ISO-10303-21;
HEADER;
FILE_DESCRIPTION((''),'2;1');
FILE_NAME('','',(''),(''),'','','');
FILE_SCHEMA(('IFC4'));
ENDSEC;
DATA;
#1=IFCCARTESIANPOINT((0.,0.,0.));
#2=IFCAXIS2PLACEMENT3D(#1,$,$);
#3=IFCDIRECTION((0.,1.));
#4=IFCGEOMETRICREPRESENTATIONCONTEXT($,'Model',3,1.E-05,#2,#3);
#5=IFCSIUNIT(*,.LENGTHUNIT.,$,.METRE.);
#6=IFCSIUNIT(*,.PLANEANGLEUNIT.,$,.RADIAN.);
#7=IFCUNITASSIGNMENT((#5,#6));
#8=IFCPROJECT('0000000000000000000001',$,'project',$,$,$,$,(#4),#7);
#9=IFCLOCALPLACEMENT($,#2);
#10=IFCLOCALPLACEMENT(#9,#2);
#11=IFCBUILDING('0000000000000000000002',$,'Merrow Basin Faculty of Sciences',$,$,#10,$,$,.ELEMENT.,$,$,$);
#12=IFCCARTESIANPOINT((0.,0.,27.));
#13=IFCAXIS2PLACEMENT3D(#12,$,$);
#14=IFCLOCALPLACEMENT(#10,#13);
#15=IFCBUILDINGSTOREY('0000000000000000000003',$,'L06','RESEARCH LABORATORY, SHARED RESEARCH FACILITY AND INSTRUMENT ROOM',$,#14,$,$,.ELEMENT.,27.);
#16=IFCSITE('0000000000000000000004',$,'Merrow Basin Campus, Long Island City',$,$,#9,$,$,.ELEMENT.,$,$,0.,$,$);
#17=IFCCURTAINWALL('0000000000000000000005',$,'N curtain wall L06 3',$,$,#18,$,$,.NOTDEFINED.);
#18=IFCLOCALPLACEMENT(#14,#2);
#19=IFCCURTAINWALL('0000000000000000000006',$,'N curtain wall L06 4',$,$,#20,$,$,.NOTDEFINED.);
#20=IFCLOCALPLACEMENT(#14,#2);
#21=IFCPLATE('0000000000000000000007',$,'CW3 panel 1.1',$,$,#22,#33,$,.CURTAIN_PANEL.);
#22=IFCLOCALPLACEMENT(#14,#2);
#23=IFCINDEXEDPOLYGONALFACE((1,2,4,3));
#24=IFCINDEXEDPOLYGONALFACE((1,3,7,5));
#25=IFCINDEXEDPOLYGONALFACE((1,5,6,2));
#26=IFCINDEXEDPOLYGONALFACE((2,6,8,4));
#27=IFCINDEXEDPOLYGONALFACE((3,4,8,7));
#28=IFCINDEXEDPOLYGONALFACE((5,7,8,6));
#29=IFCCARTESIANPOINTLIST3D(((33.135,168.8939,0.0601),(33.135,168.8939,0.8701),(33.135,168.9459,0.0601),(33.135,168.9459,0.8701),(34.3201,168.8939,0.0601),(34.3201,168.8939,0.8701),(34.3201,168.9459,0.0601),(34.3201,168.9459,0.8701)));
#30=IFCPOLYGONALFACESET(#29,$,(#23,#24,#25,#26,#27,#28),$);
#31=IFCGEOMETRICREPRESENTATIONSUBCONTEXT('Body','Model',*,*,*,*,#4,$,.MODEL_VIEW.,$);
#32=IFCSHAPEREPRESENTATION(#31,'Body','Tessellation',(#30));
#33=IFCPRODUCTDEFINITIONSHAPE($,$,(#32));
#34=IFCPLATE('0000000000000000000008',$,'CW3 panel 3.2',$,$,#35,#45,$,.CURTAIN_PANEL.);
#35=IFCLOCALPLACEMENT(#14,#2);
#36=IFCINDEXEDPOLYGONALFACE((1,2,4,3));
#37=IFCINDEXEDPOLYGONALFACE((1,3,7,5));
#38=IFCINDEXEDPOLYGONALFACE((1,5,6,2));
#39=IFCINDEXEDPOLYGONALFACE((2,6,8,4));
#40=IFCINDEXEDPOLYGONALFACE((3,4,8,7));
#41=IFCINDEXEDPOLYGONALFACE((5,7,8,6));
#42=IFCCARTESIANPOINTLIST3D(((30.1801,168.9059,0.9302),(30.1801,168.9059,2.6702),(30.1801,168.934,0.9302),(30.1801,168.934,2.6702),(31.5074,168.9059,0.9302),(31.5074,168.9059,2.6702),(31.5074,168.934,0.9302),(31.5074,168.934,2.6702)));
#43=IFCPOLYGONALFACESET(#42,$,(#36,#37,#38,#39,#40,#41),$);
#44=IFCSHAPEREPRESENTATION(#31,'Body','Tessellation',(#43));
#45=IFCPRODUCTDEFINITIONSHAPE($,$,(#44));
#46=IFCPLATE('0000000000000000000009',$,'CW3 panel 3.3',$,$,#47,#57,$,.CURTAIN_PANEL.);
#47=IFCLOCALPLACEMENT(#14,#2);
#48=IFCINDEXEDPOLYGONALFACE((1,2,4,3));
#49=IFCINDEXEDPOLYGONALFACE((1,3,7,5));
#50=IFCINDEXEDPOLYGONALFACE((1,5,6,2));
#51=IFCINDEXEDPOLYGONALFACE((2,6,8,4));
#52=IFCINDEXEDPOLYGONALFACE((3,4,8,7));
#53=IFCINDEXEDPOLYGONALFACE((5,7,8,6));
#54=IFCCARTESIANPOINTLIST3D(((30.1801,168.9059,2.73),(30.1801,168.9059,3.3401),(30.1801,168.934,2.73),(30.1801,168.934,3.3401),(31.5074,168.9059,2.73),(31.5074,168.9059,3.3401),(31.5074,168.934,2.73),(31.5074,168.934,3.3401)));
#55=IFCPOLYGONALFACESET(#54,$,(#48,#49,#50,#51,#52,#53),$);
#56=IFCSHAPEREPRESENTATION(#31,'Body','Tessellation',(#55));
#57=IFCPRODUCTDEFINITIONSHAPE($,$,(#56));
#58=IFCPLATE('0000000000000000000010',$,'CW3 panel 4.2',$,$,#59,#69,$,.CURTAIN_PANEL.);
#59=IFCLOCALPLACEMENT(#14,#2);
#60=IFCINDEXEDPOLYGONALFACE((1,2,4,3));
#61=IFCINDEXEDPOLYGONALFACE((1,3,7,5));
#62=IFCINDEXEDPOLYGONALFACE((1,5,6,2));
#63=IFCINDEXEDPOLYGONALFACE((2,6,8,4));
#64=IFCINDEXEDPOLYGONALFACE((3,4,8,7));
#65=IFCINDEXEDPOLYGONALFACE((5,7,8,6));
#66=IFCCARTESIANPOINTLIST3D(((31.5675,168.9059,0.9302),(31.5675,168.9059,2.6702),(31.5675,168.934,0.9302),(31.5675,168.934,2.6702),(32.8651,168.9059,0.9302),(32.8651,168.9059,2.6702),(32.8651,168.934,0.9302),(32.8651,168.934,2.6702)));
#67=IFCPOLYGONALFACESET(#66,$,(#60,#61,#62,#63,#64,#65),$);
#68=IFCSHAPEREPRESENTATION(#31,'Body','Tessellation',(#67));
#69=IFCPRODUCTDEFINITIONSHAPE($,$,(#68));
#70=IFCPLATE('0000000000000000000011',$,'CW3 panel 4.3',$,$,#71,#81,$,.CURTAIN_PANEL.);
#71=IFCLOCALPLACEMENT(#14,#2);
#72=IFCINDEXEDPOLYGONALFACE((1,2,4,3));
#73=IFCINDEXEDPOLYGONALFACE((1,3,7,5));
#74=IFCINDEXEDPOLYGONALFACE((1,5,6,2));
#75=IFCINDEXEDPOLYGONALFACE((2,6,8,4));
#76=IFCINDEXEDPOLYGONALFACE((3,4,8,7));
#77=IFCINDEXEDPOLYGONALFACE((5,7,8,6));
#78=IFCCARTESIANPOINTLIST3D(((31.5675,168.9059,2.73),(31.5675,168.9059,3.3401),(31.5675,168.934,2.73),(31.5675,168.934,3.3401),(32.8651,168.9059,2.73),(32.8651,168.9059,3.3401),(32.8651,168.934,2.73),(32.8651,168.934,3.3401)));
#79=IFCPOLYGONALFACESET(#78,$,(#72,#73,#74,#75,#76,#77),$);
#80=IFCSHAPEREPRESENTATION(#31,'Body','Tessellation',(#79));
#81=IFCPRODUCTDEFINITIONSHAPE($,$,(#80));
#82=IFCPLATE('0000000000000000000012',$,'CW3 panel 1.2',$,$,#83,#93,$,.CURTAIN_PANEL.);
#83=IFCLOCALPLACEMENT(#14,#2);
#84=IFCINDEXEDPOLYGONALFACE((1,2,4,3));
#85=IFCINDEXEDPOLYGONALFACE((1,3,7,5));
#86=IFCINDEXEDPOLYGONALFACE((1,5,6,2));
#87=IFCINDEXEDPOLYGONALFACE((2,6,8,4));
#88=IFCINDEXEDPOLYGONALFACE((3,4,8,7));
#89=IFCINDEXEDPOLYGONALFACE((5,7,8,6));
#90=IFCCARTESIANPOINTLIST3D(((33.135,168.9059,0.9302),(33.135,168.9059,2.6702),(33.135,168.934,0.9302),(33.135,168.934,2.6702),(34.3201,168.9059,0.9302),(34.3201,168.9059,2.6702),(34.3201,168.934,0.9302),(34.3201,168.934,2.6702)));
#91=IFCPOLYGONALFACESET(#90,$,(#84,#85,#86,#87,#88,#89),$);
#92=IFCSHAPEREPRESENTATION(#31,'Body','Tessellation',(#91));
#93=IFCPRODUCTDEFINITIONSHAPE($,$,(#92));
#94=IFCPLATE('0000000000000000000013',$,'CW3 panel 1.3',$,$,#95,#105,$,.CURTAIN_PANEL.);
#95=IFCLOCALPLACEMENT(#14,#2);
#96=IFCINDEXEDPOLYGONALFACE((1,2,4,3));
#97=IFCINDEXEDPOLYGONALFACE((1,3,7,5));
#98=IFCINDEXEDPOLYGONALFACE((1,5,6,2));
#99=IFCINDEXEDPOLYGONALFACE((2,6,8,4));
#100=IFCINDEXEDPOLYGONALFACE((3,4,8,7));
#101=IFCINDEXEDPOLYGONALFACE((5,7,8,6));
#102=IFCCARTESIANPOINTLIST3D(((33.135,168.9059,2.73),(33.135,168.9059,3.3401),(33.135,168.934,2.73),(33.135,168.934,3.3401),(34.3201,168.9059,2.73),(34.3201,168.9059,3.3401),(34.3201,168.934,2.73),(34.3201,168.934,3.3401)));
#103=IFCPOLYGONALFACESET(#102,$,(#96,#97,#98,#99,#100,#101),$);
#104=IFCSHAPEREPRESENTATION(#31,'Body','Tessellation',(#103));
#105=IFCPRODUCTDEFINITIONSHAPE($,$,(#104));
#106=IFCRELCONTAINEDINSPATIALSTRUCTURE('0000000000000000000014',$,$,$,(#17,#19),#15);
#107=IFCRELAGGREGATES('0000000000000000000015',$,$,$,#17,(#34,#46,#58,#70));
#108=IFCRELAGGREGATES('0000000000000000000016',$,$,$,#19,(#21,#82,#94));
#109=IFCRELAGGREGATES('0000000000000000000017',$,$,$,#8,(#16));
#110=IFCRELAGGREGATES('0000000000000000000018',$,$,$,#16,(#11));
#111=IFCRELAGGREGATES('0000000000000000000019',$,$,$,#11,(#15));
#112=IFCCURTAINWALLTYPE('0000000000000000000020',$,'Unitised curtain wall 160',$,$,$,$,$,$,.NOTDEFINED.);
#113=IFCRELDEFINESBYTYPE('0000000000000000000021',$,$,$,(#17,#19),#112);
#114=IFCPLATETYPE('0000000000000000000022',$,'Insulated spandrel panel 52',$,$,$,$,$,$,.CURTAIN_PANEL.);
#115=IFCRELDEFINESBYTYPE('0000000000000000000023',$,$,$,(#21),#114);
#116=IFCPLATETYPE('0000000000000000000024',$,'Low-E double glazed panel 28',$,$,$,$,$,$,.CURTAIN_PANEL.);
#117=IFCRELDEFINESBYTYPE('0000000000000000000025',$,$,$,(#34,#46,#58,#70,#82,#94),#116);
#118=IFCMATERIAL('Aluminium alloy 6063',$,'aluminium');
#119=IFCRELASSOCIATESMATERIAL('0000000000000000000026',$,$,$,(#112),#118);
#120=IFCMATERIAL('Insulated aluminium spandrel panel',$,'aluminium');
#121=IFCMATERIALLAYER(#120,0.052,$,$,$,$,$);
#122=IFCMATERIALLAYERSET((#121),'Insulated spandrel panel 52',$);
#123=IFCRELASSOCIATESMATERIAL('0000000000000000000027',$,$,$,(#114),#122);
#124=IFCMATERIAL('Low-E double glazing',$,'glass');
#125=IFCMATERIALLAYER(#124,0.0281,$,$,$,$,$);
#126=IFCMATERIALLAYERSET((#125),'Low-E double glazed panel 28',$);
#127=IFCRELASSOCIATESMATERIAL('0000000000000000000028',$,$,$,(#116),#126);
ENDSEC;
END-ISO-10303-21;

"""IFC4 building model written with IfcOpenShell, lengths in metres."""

from ifc_helpers import new_model, si_unit, direction, frame, origin, origin_2d, place, context, subcontext, project, spatial, rectangle, extrude, material, layer, layer_set, type_object, element, aggregate, save


model = new_model("IFC4")

# Units and contexts
model_context = context("Model", 3, precision=1e-05, world=origin(), true_north=direction((0.0, 1.0)))
body_context = subcontext(model_context, "Body", "Model", "MODEL_VIEW")
ifc_project = project(units=[si_unit("LENGTHUNIT", "METRE"), si_unit("PLANEANGLEUNIT", "RADIAN")], contexts=[model_context])

# Site, building, storey
site_placement = place(None, origin())
site = spatial("IfcSite", under=ifc_project, at=site_placement, Name="Merrow Basin Campus, Long Island City", CompositionType="ELEMENT", RefElevation=0.0)
building_placement = place(site_placement, origin())
building = spatial("IfcBuilding", under=site, at=building_placement, Name="Merrow Basin Faculty of Sciences", CompositionType="ELEMENT")
storey_placement = place(building_placement, frame((0.0, 0.0, 27.0)))
storey = spatial("IfcBuildingStorey", under=building, at=storey_placement, Name="L06", Description="RESEARCH LABORATORY, SHARED RESEARCH FACILITY AND INSTRUMENT ROOM", CompositionType="ELEMENT", Elevation=27.0)

# Curtain walls
ifc_material_1 = material(Name="Aluminium alloy 6063", Category="aluminium")
curtain_wall_type = type_object("IfcCurtainWallType", Name="Unitised curtain wall 160", PredefinedType="NOTDEFINED", material=ifc_material_1)
curtain_wall_1_placement = place(storey_placement, origin())
curtain_wall_1 = element("IfcCurtainWall", 1, at=curtain_wall_1_placement, inside=storey, type_object=curtain_wall_type, Name="N curtain wall L06 3", PredefinedType="NOTDEFINED")
curtain_wall_2_placement = place(storey_placement, origin())
curtain_wall_2 = element("IfcCurtainWall", 2, at=curtain_wall_2_placement, inside=storey, type_object=curtain_wall_type, Name="N curtain wall L06 4", PredefinedType="NOTDEFINED")

# Plates
ifc_material_2 = material(Name="Insulated aluminium spandrel panel", Category="aluminium")
ifc_layer_1 = layer(ifc_material_2, 0.052)
ifc_layer_set_1 = layer_set([ifc_layer_1], Name="Insulated spandrel panel 52")
plate_type_1 = type_object("IfcPlateType", Name="Insulated spandrel panel 52", PredefinedType="CURTAIN_PANEL", material=ifc_layer_set_1)
plate_1_placement = place(storey_placement, frame((33.7275, 168.9199, 0.0601), z_axis=(0.0, 0.0, 1.0), x_axis=(1.0, 0.0, 0.0)))
plate_1 = element("IfcPlate", 3, at=plate_1_placement, type_object=plate_type_1, Name="CW3 panel 1.1", PredefinedType="CURTAIN_PANEL", context=body_context, shape_type="SweptSolid", body=[
    extrude(rectangle(XDim=1.1851, YDim=0.052, at=origin_2d()), origin(), (0.0, 0.0, 1.0), 0.8101),
])
ifc_material_3 = material(Name="Low-E double glazing", Category="glass")
ifc_layer_2 = layer(ifc_material_3, 0.0281)
ifc_layer_set_2 = layer_set([ifc_layer_2], Name="Low-E double glazed panel 28")
plate_type_2 = type_object("IfcPlateType", Name="Low-E double glazed panel 28", PredefinedType="CURTAIN_PANEL", material=ifc_layer_set_2)
plate_2_placement = place(storey_placement, frame((30.8438, 168.9199, 0.9302), z_axis=(0.0, 0.0, 1.0), x_axis=(1.0, 0.0, 0.0)))
plate_2 = element("IfcPlate", 4, at=plate_2_placement, type_object=plate_type_2, Name="CW3 panel 3.2", PredefinedType="CURTAIN_PANEL", context=body_context, shape_type="SweptSolid", body=[
    extrude(rectangle(XDim=1.3274, YDim=0.0281, at=origin_2d()), origin(), (0.0, 0.0, 1.0), 1.74),
])
plate_3_placement = place(storey_placement, frame((30.8438, 168.9199, 2.73), z_axis=(0.0, 0.0, 1.0), x_axis=(1.0, 0.0, 0.0)))
plate_3 = element("IfcPlate", 5, at=plate_3_placement, type_object=plate_type_2, Name="CW3 panel 3.3", PredefinedType="CURTAIN_PANEL", context=body_context, shape_type="SweptSolid", body=[
    extrude(rectangle(XDim=1.3274, YDim=0.0281, at=origin_2d()), origin(), (0.0, 0.0, 1.0), 0.6101),
])
plate_4_placement = place(storey_placement, frame((32.2163, 168.9199, 0.9302), z_axis=(0.0, 0.0, 1.0), x_axis=(1.0, 0.0, 0.0)))
plate_4 = element("IfcPlate", 6, at=plate_4_placement, type_object=plate_type_2, Name="CW3 panel 4.2", PredefinedType="CURTAIN_PANEL", context=body_context, shape_type="SweptSolid", body=[
    extrude(rectangle(XDim=1.2976, YDim=0.0281, at=origin_2d()), origin(), (0.0, 0.0, 1.0), 1.74),
])
plate_5_placement = place(storey_placement, frame((32.2163, 168.9199, 2.73), z_axis=(0.0, 0.0, 1.0), x_axis=(1.0, 0.0, 0.0)))
plate_5 = element("IfcPlate", 7, at=plate_5_placement, type_object=plate_type_2, Name="CW3 panel 4.3", PredefinedType="CURTAIN_PANEL", context=body_context, shape_type="SweptSolid", body=[
    extrude(rectangle(XDim=1.2976, YDim=0.0281, at=origin_2d()), origin(), (0.0, 0.0, 1.0), 0.6101),
])
aggregate(curtain_wall_1, [plate_2, plate_3, plate_4, plate_5])
plate_6_placement = place(storey_placement, frame((33.7275, 168.9199, 0.9302), z_axis=(0.0, 0.0, 1.0), x_axis=(1.0, 0.0, 0.0)))
plate_6 = element("IfcPlate", 8, at=plate_6_placement, type_object=plate_type_2, Name="CW3 panel 1.2", PredefinedType="CURTAIN_PANEL", context=body_context, shape_type="SweptSolid", body=[
    extrude(rectangle(XDim=1.1851, YDim=0.0281, at=origin_2d()), origin(), (0.0, 0.0, 1.0), 1.74),
])
plate_7_placement = place(storey_placement, frame((33.7275, 168.9199, 2.73), z_axis=(0.0, 0.0, 1.0), x_axis=(1.0, 0.0, 0.0)))
plate_7 = element("IfcPlate", 9, at=plate_7_placement, type_object=plate_type_2, Name="CW3 panel 1.3", PredefinedType="CURTAIN_PANEL", context=body_context, shape_type="SweptSolid", body=[
    extrude(rectangle(XDim=1.1851, YDim=0.0281, at=origin_2d()), origin(), (0.0, 0.0, 1.0), 0.6101),
])
aggregate(curtain_wall_2, [plate_1, plate_6, plate_7])

save(model, "model.ifc")
